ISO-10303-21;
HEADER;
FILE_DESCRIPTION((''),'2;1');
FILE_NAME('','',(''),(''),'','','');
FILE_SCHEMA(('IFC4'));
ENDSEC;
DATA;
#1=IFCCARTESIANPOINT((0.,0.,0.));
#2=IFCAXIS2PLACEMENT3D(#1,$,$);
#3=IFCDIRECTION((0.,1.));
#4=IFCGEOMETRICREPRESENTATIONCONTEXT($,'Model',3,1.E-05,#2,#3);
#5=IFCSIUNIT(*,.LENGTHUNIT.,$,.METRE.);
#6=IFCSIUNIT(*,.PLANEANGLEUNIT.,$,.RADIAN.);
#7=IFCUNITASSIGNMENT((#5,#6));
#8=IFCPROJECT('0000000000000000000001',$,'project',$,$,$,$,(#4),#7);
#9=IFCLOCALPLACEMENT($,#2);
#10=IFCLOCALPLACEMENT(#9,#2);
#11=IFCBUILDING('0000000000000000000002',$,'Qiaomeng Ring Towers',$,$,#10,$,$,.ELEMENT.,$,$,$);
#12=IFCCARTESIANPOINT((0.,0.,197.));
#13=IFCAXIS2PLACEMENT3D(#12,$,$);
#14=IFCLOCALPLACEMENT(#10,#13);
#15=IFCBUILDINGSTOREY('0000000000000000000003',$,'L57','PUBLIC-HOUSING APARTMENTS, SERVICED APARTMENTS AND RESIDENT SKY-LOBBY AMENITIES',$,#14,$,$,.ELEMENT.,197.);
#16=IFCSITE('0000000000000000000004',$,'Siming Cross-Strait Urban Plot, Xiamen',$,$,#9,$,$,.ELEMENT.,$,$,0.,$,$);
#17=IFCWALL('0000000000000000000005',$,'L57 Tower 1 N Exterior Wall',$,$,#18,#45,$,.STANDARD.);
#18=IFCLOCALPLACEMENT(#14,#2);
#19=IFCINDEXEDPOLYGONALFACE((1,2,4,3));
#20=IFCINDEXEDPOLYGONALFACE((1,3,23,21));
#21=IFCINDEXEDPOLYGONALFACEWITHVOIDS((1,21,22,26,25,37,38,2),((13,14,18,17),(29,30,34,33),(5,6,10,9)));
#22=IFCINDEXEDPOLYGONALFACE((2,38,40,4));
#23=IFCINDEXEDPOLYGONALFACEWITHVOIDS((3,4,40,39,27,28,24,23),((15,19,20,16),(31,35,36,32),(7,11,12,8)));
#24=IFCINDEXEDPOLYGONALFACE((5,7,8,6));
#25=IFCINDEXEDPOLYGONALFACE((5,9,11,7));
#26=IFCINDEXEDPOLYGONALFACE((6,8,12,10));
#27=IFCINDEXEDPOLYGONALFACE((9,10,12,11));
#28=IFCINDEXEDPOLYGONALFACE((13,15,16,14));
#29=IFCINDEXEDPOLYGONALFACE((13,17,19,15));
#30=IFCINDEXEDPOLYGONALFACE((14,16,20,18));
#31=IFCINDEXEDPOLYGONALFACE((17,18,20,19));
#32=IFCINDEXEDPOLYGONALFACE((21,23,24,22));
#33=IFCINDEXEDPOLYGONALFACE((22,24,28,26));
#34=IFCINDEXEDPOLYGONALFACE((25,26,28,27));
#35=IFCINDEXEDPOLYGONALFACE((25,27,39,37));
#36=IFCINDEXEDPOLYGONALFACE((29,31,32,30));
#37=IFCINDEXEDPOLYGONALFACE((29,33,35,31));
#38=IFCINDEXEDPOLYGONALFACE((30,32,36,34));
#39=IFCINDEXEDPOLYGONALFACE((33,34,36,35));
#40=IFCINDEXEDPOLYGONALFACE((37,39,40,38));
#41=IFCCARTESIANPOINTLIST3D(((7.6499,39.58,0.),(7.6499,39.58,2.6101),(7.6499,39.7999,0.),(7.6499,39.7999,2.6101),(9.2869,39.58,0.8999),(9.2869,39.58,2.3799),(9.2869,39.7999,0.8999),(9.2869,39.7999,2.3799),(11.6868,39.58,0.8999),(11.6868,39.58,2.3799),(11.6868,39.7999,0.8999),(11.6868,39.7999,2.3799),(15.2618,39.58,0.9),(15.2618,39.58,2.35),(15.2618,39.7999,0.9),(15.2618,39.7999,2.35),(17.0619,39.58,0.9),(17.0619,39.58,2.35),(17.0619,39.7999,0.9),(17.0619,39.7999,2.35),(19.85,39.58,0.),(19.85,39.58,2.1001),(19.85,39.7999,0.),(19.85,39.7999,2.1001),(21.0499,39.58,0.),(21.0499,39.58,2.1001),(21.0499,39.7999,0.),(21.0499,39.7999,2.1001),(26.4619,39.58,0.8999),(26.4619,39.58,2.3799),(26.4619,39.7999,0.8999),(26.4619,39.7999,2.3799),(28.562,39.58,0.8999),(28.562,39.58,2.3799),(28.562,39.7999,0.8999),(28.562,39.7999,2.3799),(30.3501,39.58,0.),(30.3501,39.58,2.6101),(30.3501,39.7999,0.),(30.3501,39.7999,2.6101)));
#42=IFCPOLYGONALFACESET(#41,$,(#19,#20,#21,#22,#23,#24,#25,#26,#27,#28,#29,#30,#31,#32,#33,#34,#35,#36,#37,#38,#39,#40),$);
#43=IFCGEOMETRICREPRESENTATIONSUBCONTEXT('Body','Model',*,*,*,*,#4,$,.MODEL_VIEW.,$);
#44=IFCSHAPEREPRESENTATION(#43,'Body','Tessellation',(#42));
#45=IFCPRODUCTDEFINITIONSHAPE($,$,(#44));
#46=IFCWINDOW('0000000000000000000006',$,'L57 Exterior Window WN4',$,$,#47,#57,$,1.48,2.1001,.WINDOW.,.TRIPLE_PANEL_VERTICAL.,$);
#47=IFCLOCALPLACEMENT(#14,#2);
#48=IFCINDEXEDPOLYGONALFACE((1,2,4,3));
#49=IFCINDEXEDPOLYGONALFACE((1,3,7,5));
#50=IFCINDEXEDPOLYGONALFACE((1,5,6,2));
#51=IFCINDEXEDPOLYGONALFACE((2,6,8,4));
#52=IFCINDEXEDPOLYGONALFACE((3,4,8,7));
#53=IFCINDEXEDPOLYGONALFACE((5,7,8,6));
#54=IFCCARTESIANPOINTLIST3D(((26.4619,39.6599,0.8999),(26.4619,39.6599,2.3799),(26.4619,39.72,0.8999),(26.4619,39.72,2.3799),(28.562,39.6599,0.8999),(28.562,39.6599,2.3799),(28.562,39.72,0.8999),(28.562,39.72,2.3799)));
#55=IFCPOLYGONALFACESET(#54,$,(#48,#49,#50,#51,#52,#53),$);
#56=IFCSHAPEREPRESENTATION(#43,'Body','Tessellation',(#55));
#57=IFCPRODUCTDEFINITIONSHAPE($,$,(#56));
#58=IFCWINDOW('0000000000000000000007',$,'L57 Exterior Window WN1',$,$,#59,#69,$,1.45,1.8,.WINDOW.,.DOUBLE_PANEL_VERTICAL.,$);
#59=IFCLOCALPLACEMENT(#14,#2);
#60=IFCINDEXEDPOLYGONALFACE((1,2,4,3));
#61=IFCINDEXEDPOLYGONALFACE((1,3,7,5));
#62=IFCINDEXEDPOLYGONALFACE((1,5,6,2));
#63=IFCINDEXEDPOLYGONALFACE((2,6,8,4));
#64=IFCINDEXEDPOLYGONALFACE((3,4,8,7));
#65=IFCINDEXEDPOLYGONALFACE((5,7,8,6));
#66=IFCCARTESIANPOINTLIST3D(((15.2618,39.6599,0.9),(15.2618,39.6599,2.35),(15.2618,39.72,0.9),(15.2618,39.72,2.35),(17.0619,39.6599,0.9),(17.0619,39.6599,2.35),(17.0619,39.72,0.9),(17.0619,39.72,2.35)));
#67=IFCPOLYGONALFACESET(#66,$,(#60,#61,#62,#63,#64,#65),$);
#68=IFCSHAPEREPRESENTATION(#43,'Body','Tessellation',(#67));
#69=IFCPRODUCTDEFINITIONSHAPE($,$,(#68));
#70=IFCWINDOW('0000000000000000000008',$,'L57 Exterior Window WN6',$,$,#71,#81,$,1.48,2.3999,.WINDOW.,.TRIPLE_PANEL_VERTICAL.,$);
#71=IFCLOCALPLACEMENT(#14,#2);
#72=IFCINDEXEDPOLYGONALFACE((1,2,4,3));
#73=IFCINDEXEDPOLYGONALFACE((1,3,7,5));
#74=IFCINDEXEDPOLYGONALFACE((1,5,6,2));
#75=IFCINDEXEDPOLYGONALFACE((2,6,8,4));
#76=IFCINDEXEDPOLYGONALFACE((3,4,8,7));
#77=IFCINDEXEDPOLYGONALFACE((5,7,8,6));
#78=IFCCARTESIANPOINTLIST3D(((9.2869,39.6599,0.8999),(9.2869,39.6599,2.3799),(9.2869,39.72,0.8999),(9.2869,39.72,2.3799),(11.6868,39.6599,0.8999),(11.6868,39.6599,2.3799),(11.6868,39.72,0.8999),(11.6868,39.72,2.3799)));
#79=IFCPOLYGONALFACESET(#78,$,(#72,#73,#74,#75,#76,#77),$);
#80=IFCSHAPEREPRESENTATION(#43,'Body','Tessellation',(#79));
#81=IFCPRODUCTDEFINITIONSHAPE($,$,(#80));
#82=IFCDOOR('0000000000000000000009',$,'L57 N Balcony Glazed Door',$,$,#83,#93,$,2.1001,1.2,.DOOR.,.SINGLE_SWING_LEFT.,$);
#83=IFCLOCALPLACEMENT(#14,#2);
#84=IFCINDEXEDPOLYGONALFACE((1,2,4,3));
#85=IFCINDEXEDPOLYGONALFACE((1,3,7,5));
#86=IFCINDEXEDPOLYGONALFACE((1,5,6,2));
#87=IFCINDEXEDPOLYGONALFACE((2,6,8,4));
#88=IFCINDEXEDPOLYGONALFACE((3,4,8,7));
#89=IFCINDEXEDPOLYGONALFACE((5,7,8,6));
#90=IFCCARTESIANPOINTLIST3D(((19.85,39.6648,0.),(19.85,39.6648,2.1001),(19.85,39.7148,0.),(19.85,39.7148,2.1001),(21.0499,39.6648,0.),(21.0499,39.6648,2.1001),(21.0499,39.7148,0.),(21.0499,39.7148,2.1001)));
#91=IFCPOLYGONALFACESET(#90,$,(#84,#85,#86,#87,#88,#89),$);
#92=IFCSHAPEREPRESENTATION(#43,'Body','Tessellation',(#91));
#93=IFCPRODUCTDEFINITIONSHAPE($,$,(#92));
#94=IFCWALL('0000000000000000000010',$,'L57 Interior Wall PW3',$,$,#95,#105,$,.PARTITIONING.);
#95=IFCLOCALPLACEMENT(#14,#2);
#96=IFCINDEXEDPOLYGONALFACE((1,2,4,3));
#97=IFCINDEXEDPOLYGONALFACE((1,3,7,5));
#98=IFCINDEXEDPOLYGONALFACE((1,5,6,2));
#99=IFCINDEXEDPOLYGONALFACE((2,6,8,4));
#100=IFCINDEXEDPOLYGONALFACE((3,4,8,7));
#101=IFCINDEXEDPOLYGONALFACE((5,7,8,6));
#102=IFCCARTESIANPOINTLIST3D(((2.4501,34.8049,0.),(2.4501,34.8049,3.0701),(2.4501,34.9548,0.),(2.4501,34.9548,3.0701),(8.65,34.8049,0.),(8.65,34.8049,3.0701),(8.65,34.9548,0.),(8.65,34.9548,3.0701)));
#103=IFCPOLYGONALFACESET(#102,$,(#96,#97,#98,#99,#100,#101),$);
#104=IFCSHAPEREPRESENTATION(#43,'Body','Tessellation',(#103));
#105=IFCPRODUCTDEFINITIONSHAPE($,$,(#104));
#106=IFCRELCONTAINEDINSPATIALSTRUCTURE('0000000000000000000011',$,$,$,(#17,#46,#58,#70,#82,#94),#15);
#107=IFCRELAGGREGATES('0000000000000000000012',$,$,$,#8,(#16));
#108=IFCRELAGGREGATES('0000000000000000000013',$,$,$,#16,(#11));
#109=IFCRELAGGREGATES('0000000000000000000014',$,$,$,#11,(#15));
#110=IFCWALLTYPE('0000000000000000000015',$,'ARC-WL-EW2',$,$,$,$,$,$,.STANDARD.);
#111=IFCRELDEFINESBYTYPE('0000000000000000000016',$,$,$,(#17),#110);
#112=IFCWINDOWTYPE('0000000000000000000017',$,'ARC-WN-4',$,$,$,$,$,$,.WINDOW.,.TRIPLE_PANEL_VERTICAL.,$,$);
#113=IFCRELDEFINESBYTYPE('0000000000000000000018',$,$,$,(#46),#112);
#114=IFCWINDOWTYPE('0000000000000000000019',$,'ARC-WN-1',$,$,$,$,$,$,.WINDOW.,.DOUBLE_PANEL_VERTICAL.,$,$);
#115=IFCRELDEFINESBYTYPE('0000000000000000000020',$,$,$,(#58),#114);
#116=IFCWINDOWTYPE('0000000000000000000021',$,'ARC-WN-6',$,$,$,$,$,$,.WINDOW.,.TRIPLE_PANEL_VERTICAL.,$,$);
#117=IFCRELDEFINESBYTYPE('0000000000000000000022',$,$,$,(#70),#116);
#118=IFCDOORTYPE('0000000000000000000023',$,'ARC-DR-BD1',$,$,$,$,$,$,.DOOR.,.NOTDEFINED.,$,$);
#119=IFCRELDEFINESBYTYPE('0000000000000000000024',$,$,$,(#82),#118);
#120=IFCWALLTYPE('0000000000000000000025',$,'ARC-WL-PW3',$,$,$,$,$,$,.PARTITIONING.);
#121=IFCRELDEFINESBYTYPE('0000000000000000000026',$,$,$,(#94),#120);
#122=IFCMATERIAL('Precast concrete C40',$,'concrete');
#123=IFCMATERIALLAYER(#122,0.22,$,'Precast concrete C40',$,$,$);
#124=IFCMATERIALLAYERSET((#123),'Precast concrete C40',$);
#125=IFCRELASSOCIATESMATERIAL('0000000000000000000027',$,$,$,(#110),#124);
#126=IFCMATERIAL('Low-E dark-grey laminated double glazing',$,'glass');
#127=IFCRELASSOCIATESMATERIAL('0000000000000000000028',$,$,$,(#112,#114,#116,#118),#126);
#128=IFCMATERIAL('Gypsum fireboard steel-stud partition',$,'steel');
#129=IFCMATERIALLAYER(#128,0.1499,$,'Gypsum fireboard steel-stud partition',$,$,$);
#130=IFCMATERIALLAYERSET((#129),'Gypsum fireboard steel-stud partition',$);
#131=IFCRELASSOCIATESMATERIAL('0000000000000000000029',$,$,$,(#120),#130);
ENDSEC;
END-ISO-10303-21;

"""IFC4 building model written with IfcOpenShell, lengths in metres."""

from ifc_helpers import new_model, si_unit, direction, frame, frame_2d, origin, place, context, subcontext, project, spatial, rectangle, extrude, source, transform, mapped, material, layer, layer_set, type_object, element, fill, save


model = new_model("IFC4")

# Units and contexts
model_context = context("Model", 3, precision=1e-05, world=origin(), true_north=direction((0.0, 1.0)))
body_context = subcontext(model_context, "Body", "Model", "MODEL_VIEW")
ifc_project = project(units=[si_unit("LENGTHUNIT", "METRE"), si_unit("PLANEANGLEUNIT", "RADIAN")], contexts=[model_context])

# Site, building, storey
site_placement = place(None, origin())
site = spatial("IfcSite", under=ifc_project, at=site_placement, Name="Siming Cross-Strait Urban Plot, Xiamen", CompositionType="ELEMENT", RefElevation=0.0)
building_placement = place(site_placement, origin())
building = spatial("IfcBuilding", under=site, at=building_placement, Name="Qiaomeng Ring Towers", CompositionType="ELEMENT")
storey_placement = place(building_placement, frame((0.0, 0.0, 197.0)))
storey = spatial("IfcBuildingStorey", under=building, at=storey_placement, Name="L57", Description="PUBLIC-HOUSING APARTMENTS, SERVICED APARTMENTS AND RESIDENT SKY-LOBBY AMENITIES", CompositionType="ELEMENT", Elevation=197.0)

# Shared definitions
ifc_material_1 = material(Name="Low-E dark-grey laminated double glazing", Category="glass")

# Wall, openings, windows, door
ifc_material_2 = material(Name="Precast concrete C40", Category="concrete")
ifc_layer_1 = layer(ifc_material_2, 0.22, Name="Precast concrete C40")
ifc_layer_set_1 = layer_set([ifc_layer_1], Name="Precast concrete C40")
wall_type_1 = type_object("IfcWallType", Name="ARC-WL-EW2", PredefinedType="STANDARD", material=ifc_layer_set_1)
wall_1_placement = place(storey_placement, frame((7.6499, 39.6899, 0.0), z_axis=(0.0, 0.0, 1.0), x_axis=(1.0, 0.0, 0.0)))
wall_1 = element("IfcWall", 1, at=wall_1_placement, inside=storey, type_object=wall_type_1, Name="L57 Tower 1 N Exterior Wall", PredefinedType="STANDARD", context=body_context, shape_type="SweptSolid", body=[
    extrude(rectangle(XDim=22.7002, YDim=0.22, at=frame_2d((11.3501, 0.0))), origin(), (0.0, 0.0, 1.0), 2.6101),
])
opening_1_placement = place(wall_1_placement, frame((12.2, 0.0, 0.0)))
opening_1 = element("IfcOpeningElement", 2, at=opening_1_placement, cuts=wall_1, PredefinedType="OPENING", context=body_context, shape_type="SweptSolid", body=[
    extrude(rectangle(XDim=1.2, YDim=2.1001, at=frame_2d((0.6001, 1.05))), frame((0.0, 0.1199, 0.0), z_axis=(0.0, -1.0, 0.0), x_axis=(1.0, 0.0, 0.0)), (0.0, 0.0, 1.0), 0.24),
])
opening_2_placement = place(wall_1_placement, frame((1.637, 0.0, 0.8999)))
opening_2 = element("IfcOpeningElement", 3, at=opening_2_placement, cuts=wall_1, PredefinedType="OPENING", context=body_context, shape_type="SweptSolid", body=[
    extrude(rectangle(XDim=2.3999, YDim=1.48, at=frame_2d((1.2, 0.74))), frame((0.0, 0.1199, 0.0), z_axis=(0.0, -1.0, 0.0), x_axis=(1.0, 0.0, 0.0)), (0.0, 0.0, 1.0), 0.24),
])
opening_3_placement = place(wall_1_placement, frame((7.6121, 0.0, 0.8999)))
opening_3 = element("IfcOpeningElement", 4, at=opening_3_placement, cuts=wall_1, PredefinedType="OPENING", context=body_context, shape_type="SweptSolid", body=[
    extrude(rectangle(XDim=1.8, YDim=1.45, at=frame_2d((0.8999, 0.7251))), frame((0.0, 0.1199, 0.0), z_axis=(0.0, -1.0, 0.0), x_axis=(1.0, 0.0, 0.0)), (0.0, 0.0, 1.0), 0.24),
])
opening_4_placement = place(wall_1_placement, frame((18.812, 0.0, 0.8999)))
opening_4 = element("IfcOpeningElement", 5, at=opening_4_placement, cuts=wall_1, PredefinedType="OPENING", context=body_context, shape_type="SweptSolid", body=[
    extrude(rectangle(XDim=2.1001, YDim=1.48, at=frame_2d((1.05, 0.74))), frame((0.0, 0.1199, 0.0), z_axis=(0.0, -1.0, 0.0), x_axis=(1.0, 0.0, 0.0)), (0.0, 0.0, 1.0), 0.24),
])
window_type_1 = type_object("IfcWindowType", Name="ARC-WN-4", PartitioningType="TRIPLE_PANEL_VERTICAL", PredefinedType="WINDOW", material=ifc_material_1)
shared_shape_1 = source(origin(), body_context, "Body", "SweptSolid", [
    extrude(rectangle(XDim=2.1001, YDim=1.48, at=frame_2d((1.05, 0.74))), frame((0.0, 0.03, 0.0), z_axis=(0.0, -1.0, 0.0), x_axis=(1.0, 0.0, 0.0)), (0.0, 0.0, 1.0), 0.0601),
])
window_1_placement = place(opening_4_placement, origin())
window_1 = element("IfcWindow", 6, at=window_1_placement, inside=storey, type_object=window_type_1, Name="L57 Exterior Window WN4", OverallHeight=1.48, OverallWidth=2.1001, PartitioningType="TRIPLE_PANEL_VERTICAL", PredefinedType="WINDOW", context=body_context, shape_type="MappedRepresentation", body=[
    mapped(shared_shape_1, transform((0.0, 0.0, 0.0), x_axis=(1.0, 0.0, 0.0), y_axis=(0.0, 1.0, 0.0), z_axis=(0.0, 0.0, 1.0), scale=1.0)),
])
fill(opening_4, window_1)
window_type_2 = type_object("IfcWindowType", Name="ARC-WN-1", PartitioningType="DOUBLE_PANEL_VERTICAL", PredefinedType="WINDOW", material=ifc_material_1)
shared_shape_2 = source(origin(), body_context, "Body", "SweptSolid", [
    extrude(rectangle(XDim=1.8, YDim=1.45, at=frame_2d((0.8999, 0.7251))), frame((0.0, 0.03, 0.0), z_axis=(0.0, -1.0, 0.0), x_axis=(1.0, 0.0, 0.0)), (0.0, 0.0, 1.0), 0.0601),
])
window_2_placement = place(opening_3_placement, origin())
window_2 = element("IfcWindow", 7, at=window_2_placement, inside=storey, type_object=window_type_2, Name="L57 Exterior Window WN1", OverallHeight=1.45, OverallWidth=1.8, PartitioningType="DOUBLE_PANEL_VERTICAL", PredefinedType="WINDOW", context=body_context, shape_type="MappedRepresentation", body=[
    mapped(shared_shape_2, transform((0.0, 0.0, 0.0), x_axis=(1.0, 0.0, 0.0), y_axis=(0.0, 1.0, 0.0), z_axis=(0.0, 0.0, 1.0), scale=1.0)),
])
fill(opening_3, window_2)
window_type_3 = type_object("IfcWindowType", Name="ARC-WN-6", PartitioningType="TRIPLE_PANEL_VERTICAL", PredefinedType="WINDOW", material=ifc_material_1)
shared_shape_3 = source(origin(), body_context, "Body", "SweptSolid", [
    extrude(rectangle(XDim=2.3999, YDim=1.48, at=frame_2d((1.2, 0.74))), frame((0.0, 0.03, 0.0), z_axis=(0.0, -1.0, 0.0), x_axis=(1.0, 0.0, 0.0)), (0.0, 0.0, 1.0), 0.0601),
])
window_3_placement = place(opening_2_placement, origin())
window_3 = element("IfcWindow", 8, at=window_3_placement, inside=storey, type_object=window_type_3, Name="L57 Exterior Window WN6", OverallHeight=1.48, OverallWidth=2.3999, PartitioningType="TRIPLE_PANEL_VERTICAL", PredefinedType="WINDOW", context=body_context, shape_type="MappedRepresentation", body=[
    mapped(shared_shape_3, transform((0.0, 0.0, 0.0), x_axis=(1.0, 0.0, 0.0), y_axis=(0.0, 1.0, 0.0), z_axis=(0.0, 0.0, 1.0), scale=1.0)),
])
fill(opening_2, window_3)
door_type_1 = type_object("IfcDoorType", Name="ARC-DR-BD1", OperationType="NOTDEFINED", PredefinedType="DOOR", material=ifc_material_1)
shared_shape_4 = source(origin(), body_context, "Body", "SweptSolid", [
    extrude(rectangle(XDim=1.2, YDim=2.1001, at=frame_2d((0.6001, 1.05))), frame((0.0, 0.0249, 0.0), z_axis=(0.0, -1.0, 0.0), x_axis=(1.0, 0.0, 0.0)), (0.0, 0.0, 1.0), 0.05),
])
door_1_placement = place(opening_1_placement, origin())
door_1 = element("IfcDoor", 9, at=door_1_placement, inside=storey, type_object=door_type_1, Name="L57 N Balcony Glazed Door", OperationType="SINGLE_SWING_LEFT", OverallHeight=2.1001, OverallWidth=1.2, PredefinedType="DOOR", context=body_context, shape_type="MappedRepresentation", body=[
    mapped(shared_shape_4, transform((0.0, 0.0, 0.0), x_axis=(1.0, 0.0, 0.0), y_axis=(0.0, 1.0, 0.0), z_axis=(0.0, 0.0, 1.0), scale=1.0)),
])
fill(opening_1, door_1)

# Wall
ifc_material_3 = material(Name="Gypsum fireboard steel-stud partition", Category="steel")
ifc_layer_2 = layer(ifc_material_3, 0.1499, Name="Gypsum fireboard steel-stud partition")
ifc_layer_set_2 = layer_set([ifc_layer_2], Name="Gypsum fireboard steel-stud partition")
wall_type_2 = type_object("IfcWallType", Name="ARC-WL-PW3", PredefinedType="PARTITIONING", material=ifc_layer_set_2)
wall_2_placement = place(storey_placement, frame((2.45, 34.8799, 0.0), z_axis=(0.0, 0.0, 1.0), x_axis=(1.0, 0.0, 0.0)))
element("IfcWall", 10, at=wall_2_placement, inside=storey, type_object=wall_type_2, Name="L57 Interior Wall PW3", PredefinedType="PARTITIONING", context=body_context, shape_type="SweptSolid", body=[
    extrude(rectangle(XDim=6.2, YDim=0.1499, at=frame_2d((3.1001, 0.0))), origin(), (0.0, 0.0, 1.0), 3.0701),
])

save(model, "model.ifc")
